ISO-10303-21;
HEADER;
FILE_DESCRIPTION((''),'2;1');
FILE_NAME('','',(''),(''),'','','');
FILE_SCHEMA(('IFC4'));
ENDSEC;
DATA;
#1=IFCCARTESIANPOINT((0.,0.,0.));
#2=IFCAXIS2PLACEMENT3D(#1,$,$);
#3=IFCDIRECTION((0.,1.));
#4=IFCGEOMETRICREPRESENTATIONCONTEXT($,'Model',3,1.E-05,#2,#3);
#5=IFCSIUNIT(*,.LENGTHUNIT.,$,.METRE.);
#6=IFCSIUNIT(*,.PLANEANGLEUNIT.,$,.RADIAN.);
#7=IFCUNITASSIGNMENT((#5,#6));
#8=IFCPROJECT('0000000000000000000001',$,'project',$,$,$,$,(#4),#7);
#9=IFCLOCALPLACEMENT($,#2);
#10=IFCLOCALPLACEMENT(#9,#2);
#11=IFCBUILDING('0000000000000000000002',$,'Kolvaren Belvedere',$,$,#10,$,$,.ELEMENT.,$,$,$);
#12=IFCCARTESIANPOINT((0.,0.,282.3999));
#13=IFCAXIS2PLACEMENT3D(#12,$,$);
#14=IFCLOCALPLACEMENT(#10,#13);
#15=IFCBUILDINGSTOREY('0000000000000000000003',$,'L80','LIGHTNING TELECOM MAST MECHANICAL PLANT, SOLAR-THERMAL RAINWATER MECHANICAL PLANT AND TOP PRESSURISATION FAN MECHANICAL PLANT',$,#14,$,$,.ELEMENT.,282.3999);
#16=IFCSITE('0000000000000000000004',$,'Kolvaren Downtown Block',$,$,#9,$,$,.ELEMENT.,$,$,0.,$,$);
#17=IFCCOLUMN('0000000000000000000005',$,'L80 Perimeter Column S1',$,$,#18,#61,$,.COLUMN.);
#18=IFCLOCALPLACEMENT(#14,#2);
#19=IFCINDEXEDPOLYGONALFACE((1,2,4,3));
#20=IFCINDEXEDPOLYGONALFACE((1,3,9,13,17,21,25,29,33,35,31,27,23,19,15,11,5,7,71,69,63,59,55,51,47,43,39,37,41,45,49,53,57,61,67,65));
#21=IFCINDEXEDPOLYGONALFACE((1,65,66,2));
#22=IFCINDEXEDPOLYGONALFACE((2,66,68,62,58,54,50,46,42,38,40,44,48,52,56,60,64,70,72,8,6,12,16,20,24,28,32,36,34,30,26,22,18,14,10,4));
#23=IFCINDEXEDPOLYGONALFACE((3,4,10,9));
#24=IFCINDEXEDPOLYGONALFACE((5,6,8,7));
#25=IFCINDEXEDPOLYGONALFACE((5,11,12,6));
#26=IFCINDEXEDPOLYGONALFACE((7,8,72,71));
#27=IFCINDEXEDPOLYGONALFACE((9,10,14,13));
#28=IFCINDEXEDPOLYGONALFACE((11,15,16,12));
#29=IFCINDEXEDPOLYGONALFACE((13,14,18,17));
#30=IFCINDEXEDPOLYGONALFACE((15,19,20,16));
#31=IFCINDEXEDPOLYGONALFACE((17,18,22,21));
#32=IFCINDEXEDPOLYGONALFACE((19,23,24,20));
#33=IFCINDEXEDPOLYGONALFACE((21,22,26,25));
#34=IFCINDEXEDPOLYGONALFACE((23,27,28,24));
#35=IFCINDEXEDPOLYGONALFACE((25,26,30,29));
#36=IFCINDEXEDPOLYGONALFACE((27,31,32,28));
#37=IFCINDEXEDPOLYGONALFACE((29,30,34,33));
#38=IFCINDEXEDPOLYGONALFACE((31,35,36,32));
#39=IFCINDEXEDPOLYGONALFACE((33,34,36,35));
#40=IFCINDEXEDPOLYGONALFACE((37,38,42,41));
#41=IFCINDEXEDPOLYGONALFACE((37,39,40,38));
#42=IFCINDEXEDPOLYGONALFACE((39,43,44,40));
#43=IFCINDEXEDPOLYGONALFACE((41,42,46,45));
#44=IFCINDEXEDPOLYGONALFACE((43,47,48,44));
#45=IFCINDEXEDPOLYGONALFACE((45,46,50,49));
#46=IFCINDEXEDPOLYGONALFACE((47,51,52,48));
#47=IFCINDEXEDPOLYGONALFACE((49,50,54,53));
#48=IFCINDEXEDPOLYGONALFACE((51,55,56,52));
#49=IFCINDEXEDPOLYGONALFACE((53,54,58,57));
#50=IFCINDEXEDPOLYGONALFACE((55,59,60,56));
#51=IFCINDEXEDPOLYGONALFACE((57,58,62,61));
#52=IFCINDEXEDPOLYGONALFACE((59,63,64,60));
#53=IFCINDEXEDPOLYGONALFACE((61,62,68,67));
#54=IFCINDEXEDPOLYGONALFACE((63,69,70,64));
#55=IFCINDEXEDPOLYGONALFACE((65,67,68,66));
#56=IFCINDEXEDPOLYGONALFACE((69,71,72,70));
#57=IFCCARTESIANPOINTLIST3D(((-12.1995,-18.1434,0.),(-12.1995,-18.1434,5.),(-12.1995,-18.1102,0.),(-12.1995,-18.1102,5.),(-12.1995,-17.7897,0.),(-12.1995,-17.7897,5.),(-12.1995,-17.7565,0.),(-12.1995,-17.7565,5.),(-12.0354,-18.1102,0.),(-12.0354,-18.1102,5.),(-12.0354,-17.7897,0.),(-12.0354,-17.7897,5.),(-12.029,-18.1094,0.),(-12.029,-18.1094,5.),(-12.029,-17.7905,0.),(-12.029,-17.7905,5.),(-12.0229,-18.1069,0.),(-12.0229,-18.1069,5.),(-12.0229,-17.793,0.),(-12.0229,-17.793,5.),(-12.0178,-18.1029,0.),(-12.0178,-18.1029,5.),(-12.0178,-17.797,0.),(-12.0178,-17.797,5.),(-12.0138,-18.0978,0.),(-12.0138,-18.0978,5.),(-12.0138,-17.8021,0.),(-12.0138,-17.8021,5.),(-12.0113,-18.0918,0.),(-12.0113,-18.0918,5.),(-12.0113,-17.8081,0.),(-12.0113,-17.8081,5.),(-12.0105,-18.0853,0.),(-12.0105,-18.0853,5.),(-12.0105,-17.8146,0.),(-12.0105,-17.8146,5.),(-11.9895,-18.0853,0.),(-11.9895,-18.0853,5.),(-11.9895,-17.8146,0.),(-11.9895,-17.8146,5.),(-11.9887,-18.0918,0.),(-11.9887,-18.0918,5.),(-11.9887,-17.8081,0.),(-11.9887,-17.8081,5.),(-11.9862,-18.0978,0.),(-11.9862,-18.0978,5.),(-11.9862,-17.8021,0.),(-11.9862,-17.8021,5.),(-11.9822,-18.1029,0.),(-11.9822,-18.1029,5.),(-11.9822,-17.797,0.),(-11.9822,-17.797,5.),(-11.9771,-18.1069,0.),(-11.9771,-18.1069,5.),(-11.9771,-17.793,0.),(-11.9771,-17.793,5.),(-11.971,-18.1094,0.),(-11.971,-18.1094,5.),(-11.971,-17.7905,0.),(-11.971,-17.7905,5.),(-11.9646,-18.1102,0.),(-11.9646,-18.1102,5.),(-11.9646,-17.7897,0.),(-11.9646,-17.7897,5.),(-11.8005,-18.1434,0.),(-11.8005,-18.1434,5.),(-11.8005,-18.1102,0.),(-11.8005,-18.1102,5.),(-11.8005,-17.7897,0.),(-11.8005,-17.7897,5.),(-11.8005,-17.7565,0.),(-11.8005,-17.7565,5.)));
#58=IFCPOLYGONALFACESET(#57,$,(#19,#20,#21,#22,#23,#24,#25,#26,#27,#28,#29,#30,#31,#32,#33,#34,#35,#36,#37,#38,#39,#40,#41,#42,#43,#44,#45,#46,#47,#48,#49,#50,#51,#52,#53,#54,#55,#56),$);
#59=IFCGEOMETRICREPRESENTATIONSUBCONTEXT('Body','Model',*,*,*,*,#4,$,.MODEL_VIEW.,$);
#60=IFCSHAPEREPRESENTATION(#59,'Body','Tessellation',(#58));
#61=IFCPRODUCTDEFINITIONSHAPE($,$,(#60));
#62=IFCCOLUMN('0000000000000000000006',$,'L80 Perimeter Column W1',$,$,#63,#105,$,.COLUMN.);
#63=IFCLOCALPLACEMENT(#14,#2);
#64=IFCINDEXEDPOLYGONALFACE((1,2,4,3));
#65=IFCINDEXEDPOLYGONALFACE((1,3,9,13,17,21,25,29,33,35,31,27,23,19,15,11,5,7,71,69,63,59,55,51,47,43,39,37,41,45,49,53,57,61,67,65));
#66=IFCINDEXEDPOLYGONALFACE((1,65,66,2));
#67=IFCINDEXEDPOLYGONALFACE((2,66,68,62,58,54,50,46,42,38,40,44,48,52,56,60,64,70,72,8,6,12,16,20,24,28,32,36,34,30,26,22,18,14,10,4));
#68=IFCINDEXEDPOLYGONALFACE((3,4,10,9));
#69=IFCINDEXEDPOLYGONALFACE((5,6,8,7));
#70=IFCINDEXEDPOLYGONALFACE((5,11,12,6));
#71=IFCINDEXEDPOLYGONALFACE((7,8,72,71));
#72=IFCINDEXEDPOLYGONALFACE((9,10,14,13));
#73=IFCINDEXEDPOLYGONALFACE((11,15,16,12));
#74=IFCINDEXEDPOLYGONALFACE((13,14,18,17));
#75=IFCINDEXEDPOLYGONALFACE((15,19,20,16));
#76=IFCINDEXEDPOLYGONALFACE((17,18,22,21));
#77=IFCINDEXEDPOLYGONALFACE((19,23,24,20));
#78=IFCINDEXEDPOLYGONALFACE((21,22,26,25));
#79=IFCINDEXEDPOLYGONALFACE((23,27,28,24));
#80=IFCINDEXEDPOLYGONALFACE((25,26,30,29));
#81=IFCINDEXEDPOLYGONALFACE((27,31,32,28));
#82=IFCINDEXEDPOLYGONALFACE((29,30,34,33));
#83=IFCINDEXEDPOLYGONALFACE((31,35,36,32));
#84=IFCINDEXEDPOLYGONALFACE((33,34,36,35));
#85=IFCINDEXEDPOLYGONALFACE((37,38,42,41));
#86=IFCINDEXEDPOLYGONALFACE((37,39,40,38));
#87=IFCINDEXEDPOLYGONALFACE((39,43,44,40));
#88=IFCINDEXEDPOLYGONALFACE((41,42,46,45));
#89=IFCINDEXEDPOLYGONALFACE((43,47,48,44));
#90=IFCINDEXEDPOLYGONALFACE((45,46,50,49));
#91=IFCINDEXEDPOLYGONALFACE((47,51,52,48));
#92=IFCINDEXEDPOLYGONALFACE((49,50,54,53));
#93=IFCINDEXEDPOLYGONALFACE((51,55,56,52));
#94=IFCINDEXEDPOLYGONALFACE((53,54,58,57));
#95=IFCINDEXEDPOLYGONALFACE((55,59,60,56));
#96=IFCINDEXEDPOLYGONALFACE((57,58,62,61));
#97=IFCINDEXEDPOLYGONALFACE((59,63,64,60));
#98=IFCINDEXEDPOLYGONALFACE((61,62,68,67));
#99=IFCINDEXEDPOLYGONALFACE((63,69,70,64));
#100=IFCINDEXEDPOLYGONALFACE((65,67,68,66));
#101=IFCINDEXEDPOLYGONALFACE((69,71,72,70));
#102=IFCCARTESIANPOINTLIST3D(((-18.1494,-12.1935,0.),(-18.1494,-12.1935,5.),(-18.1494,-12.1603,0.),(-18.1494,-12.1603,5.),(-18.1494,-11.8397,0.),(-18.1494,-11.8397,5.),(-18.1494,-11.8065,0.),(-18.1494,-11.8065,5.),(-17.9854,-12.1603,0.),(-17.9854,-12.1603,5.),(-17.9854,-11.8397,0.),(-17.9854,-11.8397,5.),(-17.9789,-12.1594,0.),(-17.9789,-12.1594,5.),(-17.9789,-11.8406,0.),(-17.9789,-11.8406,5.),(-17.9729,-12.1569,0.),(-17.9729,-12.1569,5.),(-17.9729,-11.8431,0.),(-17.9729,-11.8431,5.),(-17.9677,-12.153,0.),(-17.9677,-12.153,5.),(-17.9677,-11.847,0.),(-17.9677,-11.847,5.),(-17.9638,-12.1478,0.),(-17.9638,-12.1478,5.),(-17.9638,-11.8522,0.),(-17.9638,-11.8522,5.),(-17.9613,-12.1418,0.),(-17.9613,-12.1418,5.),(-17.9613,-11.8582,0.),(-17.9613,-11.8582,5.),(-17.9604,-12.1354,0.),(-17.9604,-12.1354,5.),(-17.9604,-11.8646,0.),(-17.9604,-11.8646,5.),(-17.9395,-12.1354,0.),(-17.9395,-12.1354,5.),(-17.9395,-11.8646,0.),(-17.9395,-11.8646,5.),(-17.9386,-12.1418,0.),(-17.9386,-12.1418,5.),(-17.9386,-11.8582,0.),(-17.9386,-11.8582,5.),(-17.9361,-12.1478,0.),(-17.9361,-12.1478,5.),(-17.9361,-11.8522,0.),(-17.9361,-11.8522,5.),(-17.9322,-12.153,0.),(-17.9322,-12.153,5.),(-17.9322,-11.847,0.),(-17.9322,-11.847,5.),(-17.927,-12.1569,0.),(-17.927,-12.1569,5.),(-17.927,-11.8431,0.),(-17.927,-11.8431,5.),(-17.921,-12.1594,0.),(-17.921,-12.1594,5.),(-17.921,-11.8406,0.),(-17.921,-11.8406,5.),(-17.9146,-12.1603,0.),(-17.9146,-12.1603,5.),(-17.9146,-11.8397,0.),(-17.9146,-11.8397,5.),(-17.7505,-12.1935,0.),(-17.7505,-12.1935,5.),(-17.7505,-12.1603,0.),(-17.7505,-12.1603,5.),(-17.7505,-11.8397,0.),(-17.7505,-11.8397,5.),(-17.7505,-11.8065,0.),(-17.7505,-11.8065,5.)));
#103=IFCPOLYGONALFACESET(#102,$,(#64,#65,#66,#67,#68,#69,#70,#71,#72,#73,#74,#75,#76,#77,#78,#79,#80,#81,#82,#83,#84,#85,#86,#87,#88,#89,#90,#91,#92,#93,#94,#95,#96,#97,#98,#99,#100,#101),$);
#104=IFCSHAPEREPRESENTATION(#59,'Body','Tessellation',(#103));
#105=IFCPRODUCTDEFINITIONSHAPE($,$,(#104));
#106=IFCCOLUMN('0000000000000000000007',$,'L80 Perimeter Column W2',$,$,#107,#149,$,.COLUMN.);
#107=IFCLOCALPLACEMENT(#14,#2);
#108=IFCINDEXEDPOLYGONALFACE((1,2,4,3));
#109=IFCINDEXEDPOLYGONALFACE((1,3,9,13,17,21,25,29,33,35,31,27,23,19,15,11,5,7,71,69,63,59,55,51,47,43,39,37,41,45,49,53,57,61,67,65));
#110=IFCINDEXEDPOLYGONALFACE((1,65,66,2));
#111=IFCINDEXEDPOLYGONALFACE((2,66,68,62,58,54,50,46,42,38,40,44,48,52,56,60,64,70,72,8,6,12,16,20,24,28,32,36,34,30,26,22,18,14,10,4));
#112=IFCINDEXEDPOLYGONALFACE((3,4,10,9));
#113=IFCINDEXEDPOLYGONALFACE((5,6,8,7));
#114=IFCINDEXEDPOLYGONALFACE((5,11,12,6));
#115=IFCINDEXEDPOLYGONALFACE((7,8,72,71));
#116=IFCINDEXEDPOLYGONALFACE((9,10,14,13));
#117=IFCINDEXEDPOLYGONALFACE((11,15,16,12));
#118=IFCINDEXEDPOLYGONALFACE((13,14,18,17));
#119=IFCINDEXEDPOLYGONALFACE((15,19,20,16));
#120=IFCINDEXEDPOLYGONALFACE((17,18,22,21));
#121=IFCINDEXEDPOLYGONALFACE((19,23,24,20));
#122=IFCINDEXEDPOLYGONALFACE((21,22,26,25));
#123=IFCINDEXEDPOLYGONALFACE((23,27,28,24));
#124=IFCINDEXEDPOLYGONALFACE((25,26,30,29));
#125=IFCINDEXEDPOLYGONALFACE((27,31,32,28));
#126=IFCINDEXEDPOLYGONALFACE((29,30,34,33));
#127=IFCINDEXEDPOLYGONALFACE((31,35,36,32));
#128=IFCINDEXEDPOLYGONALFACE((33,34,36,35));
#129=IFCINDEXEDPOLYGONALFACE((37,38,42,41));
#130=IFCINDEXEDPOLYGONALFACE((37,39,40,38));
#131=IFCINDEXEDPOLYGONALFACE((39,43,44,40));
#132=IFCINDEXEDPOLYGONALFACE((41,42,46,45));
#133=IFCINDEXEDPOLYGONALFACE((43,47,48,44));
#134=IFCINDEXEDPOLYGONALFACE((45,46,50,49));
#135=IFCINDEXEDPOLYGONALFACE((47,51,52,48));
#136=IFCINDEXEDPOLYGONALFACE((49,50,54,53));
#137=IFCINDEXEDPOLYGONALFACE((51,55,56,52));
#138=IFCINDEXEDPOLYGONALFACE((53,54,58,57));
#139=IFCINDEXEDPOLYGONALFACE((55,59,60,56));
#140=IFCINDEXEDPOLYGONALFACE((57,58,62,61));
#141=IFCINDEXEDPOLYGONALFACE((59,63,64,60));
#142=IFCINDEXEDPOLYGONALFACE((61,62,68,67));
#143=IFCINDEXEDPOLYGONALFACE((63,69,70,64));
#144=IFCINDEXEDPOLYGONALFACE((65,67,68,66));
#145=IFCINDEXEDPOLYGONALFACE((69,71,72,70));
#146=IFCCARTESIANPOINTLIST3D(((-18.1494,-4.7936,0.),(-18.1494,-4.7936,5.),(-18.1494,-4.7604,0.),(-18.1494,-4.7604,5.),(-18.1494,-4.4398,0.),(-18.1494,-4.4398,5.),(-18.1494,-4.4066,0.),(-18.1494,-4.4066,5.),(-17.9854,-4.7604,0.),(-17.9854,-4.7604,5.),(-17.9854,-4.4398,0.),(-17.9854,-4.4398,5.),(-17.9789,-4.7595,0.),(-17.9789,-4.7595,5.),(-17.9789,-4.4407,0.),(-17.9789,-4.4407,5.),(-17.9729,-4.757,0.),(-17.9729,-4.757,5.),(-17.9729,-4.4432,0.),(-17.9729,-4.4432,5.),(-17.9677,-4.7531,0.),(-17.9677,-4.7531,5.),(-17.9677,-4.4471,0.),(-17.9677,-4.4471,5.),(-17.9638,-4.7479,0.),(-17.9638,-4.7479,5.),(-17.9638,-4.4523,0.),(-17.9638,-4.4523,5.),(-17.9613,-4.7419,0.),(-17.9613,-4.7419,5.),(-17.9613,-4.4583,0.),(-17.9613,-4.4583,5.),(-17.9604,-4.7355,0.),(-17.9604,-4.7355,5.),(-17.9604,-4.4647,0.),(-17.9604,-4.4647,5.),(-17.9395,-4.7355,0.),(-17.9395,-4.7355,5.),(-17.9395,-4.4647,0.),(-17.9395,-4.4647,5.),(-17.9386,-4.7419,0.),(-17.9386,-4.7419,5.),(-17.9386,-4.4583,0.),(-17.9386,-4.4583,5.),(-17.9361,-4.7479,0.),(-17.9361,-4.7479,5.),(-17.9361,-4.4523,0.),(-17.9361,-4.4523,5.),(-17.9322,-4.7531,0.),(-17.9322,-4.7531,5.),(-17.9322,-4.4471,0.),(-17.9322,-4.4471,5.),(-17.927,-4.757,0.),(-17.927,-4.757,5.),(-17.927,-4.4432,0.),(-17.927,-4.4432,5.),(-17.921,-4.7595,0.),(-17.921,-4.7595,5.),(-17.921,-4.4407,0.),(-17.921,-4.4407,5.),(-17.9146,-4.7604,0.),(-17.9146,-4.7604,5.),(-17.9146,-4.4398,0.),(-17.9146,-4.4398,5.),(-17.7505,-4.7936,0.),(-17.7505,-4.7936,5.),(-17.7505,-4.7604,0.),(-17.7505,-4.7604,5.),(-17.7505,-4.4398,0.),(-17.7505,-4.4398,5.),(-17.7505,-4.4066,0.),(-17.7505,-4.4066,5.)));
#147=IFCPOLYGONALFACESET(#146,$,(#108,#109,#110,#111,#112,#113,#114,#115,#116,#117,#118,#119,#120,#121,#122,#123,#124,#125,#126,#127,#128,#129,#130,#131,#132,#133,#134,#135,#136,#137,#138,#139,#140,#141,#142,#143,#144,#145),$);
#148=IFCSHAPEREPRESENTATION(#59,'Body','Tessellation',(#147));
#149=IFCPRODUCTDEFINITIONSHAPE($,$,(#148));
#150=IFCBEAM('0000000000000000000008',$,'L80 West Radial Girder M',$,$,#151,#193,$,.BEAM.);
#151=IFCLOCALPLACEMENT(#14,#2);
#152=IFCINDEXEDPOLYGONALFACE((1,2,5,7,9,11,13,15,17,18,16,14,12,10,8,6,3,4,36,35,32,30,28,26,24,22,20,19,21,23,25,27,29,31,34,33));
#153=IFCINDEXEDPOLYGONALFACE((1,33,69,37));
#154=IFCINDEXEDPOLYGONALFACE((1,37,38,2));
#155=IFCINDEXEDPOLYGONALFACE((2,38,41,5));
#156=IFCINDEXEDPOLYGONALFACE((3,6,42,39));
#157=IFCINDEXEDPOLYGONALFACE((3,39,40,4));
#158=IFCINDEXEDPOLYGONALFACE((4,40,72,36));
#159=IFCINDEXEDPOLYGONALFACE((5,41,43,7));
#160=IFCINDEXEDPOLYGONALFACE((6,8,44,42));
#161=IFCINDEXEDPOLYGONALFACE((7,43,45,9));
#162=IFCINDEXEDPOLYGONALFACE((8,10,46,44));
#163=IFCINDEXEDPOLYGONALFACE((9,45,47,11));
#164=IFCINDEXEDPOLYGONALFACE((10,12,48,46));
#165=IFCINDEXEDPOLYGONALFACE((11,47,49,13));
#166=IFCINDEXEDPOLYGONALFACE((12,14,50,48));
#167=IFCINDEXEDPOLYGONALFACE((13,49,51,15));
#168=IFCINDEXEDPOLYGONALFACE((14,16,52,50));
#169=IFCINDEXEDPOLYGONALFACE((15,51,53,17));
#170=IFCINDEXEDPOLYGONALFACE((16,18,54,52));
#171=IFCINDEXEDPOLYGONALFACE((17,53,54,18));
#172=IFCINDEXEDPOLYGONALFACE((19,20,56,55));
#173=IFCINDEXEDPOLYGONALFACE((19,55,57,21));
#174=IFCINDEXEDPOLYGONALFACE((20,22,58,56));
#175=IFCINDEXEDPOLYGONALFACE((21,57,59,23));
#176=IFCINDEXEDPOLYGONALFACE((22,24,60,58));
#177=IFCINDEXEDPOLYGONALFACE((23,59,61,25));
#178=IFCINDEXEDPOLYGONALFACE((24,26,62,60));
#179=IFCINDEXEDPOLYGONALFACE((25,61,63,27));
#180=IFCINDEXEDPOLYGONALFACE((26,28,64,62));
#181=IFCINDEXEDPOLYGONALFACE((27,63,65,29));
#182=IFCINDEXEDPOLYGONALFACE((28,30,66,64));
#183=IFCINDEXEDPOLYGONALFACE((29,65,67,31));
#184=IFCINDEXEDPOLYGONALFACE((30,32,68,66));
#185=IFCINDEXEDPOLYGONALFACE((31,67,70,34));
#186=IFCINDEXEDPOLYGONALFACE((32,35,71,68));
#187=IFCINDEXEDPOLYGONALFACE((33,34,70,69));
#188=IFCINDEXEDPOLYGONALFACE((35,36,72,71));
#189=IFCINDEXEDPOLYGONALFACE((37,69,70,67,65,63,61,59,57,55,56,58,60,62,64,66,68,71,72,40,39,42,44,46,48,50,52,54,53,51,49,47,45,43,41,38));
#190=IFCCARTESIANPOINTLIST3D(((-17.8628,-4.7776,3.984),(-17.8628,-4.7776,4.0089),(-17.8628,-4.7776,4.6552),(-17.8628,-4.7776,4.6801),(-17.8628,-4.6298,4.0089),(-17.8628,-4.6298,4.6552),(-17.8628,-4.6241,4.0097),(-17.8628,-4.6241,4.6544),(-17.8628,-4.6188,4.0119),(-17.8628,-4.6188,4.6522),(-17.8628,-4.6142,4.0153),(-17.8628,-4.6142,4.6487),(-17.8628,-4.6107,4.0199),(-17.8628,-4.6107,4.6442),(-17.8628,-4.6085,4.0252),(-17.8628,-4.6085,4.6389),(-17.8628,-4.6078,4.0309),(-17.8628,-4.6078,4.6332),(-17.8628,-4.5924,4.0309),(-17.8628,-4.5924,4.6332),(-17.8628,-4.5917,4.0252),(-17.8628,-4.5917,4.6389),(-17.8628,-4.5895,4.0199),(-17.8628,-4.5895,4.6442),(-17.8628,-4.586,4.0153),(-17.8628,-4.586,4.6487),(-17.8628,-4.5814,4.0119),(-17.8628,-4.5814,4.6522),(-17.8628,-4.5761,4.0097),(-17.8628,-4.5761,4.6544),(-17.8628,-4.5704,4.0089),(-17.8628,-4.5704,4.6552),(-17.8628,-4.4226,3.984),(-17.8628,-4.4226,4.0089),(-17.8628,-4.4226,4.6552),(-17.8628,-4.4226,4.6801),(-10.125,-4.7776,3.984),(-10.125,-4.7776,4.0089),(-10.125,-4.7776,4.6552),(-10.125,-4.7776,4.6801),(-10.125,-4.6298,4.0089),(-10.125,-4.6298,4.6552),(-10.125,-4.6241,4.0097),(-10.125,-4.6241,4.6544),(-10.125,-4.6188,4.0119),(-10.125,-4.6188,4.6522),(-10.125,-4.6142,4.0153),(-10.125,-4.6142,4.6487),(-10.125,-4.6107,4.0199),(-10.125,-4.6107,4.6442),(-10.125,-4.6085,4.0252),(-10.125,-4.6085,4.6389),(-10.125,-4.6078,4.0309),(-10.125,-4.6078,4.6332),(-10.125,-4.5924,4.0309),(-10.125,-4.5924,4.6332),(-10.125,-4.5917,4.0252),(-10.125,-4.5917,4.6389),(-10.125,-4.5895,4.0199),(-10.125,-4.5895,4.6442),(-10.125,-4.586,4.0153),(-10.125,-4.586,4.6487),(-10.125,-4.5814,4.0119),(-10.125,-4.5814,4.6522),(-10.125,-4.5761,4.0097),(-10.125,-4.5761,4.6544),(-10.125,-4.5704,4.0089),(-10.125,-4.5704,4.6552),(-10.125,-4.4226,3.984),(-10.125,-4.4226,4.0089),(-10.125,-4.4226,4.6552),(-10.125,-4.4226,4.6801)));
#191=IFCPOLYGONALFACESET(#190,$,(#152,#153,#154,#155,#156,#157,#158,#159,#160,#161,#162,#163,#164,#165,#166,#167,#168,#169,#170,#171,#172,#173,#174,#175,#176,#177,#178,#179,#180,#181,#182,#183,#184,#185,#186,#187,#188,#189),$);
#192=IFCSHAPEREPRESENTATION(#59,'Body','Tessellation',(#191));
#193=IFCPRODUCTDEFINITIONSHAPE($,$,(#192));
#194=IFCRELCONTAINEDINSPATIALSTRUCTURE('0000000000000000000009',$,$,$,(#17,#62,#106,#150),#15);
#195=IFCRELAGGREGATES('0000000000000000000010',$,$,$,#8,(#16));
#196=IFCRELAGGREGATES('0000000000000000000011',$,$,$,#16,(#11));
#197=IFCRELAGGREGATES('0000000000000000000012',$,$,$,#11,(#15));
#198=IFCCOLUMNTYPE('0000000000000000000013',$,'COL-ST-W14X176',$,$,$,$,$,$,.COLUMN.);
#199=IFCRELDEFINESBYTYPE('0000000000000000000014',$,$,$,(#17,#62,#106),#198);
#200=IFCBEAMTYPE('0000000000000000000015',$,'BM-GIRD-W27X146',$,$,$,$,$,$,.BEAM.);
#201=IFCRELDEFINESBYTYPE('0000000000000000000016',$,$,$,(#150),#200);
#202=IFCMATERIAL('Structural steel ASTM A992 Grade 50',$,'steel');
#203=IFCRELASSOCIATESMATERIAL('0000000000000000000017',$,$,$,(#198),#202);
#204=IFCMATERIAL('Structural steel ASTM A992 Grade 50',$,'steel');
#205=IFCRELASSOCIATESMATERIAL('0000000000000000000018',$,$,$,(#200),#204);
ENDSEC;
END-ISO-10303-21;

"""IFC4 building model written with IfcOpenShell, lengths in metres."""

from ifc_helpers import new_model, si_unit, direction, frame, origin, origin_2d, place, context, subcontext, project, spatial, i_section, extrude, material, material_profile, profile_set, type_object, element, save


model = new_model("IFC4")

# Units and contexts
model_context = context("Model", 3, precision=1e-05, world=origin(), true_north=direction((0.0, 1.0)))
body_context = subcontext(model_context, "Body", "Model", "MODEL_VIEW")
ifc_project = project(units=[si_unit("LENGTHUNIT", "METRE"), si_unit("PLANEANGLEUNIT", "RADIAN")], contexts=[model_context])

# Site, building, storey
site_placement = place(None, origin())
site = spatial("IfcSite", under=ifc_project, at=site_placement, Name="Kolvaren Downtown Block", CompositionType="ELEMENT", RefElevation=0.0)
building_placement = place(site_placement, origin())
building = spatial("IfcBuilding", under=site, at=building_placement, Name="Kolvaren Belvedere", CompositionType="ELEMENT")
storey_placement = place(building_placement, frame((0.0, 0.0, 282.3999)))
storey = spatial("IfcBuildingStorey", under=building, at=storey_placement, Name="L80", Description="LIGHTNING TELECOM MAST MECHANICAL PLANT, SOLAR-THERMAL RAINWATER MECHANICAL PLANT AND TOP PRESSURISATION FAN MECHANICAL PLANT", CompositionType="ELEMENT", Elevation=282.3999)

# Columns
ifc_material_1 = material(Name="Structural steel ASTM A992 Grade 50", Category="steel")
ifc_material_profile_1 = material_profile(ifc_material_1, i_section(OverallWidth=0.3989, OverallDepth=0.387, WebThickness=0.021, FlangeThickness=0.0332, FilletRadius=0.0249, at=origin_2d()), Name="W14X176")
ifc_profile_set_1 = profile_set([ifc_material_profile_1], Name="Structural steel ASTM A992 Grade 50")
column_type = type_object("IfcColumnType", Name="COL-ST-W14X176", PredefinedType="COLUMN", material=ifc_profile_set_1)
for number, where, z_axis, x_axis, name in (
    (1, (-12.0, -17.95, 0.0), (0.0, 0.0, 1.0), (1.0, 0.0, 0.0), "L80 Perimeter Column S1"),
    (2, (-17.95, -12.0, 0.0), (0.0, 0.0, 1.0), (1.0, 0.0, 0.0), "L80 Perimeter Column W1"),
    (3, (-17.95, -4.6001, 0.0), (0.0, 0.0, 1.0), (1.0, 0.0, 0.0), "L80 Perimeter Column W2"),
):
    element("IfcColumn", number, at=place(storey_placement, frame(where, z_axis=z_axis, x_axis=x_axis)), inside=storey, type_object=column_type, Name=name, PredefinedType="COLUMN", context=body_context, shape_type="SweptSolid", body=[
        extrude(i_section(OverallWidth=0.3989, OverallDepth=0.387, WebThickness=0.021, FlangeThickness=0.0332, FilletRadius=0.0249, at=origin_2d()), origin(), (0.0, 0.0, 1.0), 5.0),
    ])

# Beam
ifc_material_2 = material(Name="Structural steel ASTM A992 Grade 50", Category="steel")
ifc_material_profile_2 = material_profile(ifc_material_2, i_section(OverallWidth=0.355, OverallDepth=0.696, WebThickness=0.0154, FlangeThickness=0.0249, FilletRadius=0.022, at=origin_2d()), Name="W27X146")
ifc_profile_set_2 = profile_set([ifc_material_profile_2], Name="Structural steel ASTM A992 Grade 50")
beam_type_1 = type_object("IfcBeamType", Name="BM-GIRD-W27X146", PredefinedType="BEAM", material=ifc_profile_set_2)
beam_1_placement = place(storey_placement, frame((-10.125, -4.6001, 4.332), z_axis=(-1.0, 0.0, 0.0), x_axis=(0.0, -1.0, 0.0)))
element("IfcBeam", 4, at=beam_1_placement, inside=storey, type_object=beam_type_1, Name="L80 West Radial Girder M", PredefinedType="BEAM", context=body_context, shape_type="SweptSolid", body=[
    extrude(i_section(OverallWidth=0.355, OverallDepth=0.696, WebThickness=0.0154, FlangeThickness=0.0249, FilletRadius=0.022, at=origin_2d()), origin(), (0.0, 0.0, 1.0), 7.7378),
])

save(model, "model.ifc")
